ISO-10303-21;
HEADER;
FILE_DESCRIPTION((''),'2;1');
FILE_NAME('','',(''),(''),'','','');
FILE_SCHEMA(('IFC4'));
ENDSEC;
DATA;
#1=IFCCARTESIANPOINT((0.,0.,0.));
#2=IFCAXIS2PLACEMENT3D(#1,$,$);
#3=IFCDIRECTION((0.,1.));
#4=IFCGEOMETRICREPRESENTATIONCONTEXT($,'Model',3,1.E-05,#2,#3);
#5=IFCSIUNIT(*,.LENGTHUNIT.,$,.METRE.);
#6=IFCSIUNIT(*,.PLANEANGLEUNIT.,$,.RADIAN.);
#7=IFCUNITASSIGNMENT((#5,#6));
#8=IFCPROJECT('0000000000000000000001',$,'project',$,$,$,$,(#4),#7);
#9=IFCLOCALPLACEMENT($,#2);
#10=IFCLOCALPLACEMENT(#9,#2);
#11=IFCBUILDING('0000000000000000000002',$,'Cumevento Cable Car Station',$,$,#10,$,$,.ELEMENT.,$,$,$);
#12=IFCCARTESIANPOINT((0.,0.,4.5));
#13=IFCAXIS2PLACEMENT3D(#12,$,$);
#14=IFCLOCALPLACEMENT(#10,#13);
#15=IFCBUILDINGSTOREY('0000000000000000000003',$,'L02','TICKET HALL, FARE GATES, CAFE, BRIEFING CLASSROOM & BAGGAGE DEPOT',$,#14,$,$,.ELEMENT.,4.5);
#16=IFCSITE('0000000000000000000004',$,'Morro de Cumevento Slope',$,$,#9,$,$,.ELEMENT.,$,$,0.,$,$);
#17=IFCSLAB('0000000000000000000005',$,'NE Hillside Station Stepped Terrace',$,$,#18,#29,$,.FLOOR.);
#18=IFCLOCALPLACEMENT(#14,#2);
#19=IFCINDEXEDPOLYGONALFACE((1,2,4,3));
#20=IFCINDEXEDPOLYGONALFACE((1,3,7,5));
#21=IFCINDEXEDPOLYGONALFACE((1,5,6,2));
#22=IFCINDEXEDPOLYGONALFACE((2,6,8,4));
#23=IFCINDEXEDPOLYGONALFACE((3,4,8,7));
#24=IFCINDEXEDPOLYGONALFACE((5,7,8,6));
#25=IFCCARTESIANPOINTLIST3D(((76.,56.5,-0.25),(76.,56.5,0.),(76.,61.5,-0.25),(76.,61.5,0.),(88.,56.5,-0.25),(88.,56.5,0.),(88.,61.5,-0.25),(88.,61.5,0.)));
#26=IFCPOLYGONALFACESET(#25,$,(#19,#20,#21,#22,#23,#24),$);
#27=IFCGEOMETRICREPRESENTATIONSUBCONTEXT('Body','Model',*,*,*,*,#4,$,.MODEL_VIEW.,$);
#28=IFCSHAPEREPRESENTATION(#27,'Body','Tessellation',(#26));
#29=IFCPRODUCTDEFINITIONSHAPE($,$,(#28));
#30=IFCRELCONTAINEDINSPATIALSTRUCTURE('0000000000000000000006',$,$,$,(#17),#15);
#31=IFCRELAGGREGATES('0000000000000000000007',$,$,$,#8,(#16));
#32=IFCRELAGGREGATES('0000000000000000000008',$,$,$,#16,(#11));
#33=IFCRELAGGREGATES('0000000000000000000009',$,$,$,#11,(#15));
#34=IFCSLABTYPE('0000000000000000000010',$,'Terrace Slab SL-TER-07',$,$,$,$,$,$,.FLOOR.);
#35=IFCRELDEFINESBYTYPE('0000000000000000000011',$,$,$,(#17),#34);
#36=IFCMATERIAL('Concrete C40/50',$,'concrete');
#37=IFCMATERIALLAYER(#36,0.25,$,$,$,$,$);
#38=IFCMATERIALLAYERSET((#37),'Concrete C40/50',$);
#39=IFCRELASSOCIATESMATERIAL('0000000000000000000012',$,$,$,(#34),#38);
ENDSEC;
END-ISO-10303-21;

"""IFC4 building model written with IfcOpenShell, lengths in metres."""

from ifc_helpers import new_model, si_unit, direction, frame, origin, place, context, subcontext, project, spatial, polyline, outline, extrude, material, layer, layer_set, type_object, element, save


model = new_model("IFC4")

# Units and contexts
model_context = context("Model", 3, precision=1e-05, world=origin(), true_north=direction((0.0, 1.0)))
body_context = subcontext(model_context, "Body", "Model", "MODEL_VIEW")
ifc_project = project(units=[si_unit("LENGTHUNIT", "METRE"), si_unit("PLANEANGLEUNIT", "RADIAN")], contexts=[model_context])

# Site, building, storey
site_placement = place(None, origin())
site = spatial("IfcSite", under=ifc_project, at=site_placement, Name="Morro de Cumevento Slope", CompositionType="ELEMENT", RefElevation=0.0)
building_placement = place(site_placement, origin())
building = spatial("IfcBuilding", under=site, at=building_placement, Name="Cumevento Cable Car Station", CompositionType="ELEMENT")
storey_placement = place(building_placement, frame((0.0, 0.0, 4.5)))
storey = spatial("IfcBuildingStorey", under=building, at=storey_placement, Name="L02", Description="TICKET HALL, FARE GATES, CAFE, BRIEFING CLASSROOM & BAGGAGE DEPOT", CompositionType="ELEMENT", Elevation=4.5)

# Slab
ifc_material_1 = material(Name="Concrete C40/50", Category="concrete")
ifc_layer_1 = layer(ifc_material_1, 0.25)
ifc_layer_set_1 = layer_set([ifc_layer_1], Name="Concrete C40/50")
slab_type_1 = type_object("IfcSlabType", Name="Terrace Slab SL-TER-07", PredefinedType="FLOOR", material=ifc_layer_set_1)
slab_1_placement = place(storey_placement, frame((0.0, 0.0, -0.25)))
element("IfcSlab", 1, at=slab_1_placement, inside=storey, type_object=slab_type_1, Name="NE Hillside Station Stepped Terrace", PredefinedType="FLOOR", context=body_context, shape_type="SweptSolid", body=[
    extrude(outline(polyline([(76.0, 56.5), (88.0, 56.5), (88.0, 61.5), (76.0, 61.5), (76.0, 56.5)])), origin(), (0.0, 0.0, 1.0), 0.25),
])

save(model, "model.ifc")
